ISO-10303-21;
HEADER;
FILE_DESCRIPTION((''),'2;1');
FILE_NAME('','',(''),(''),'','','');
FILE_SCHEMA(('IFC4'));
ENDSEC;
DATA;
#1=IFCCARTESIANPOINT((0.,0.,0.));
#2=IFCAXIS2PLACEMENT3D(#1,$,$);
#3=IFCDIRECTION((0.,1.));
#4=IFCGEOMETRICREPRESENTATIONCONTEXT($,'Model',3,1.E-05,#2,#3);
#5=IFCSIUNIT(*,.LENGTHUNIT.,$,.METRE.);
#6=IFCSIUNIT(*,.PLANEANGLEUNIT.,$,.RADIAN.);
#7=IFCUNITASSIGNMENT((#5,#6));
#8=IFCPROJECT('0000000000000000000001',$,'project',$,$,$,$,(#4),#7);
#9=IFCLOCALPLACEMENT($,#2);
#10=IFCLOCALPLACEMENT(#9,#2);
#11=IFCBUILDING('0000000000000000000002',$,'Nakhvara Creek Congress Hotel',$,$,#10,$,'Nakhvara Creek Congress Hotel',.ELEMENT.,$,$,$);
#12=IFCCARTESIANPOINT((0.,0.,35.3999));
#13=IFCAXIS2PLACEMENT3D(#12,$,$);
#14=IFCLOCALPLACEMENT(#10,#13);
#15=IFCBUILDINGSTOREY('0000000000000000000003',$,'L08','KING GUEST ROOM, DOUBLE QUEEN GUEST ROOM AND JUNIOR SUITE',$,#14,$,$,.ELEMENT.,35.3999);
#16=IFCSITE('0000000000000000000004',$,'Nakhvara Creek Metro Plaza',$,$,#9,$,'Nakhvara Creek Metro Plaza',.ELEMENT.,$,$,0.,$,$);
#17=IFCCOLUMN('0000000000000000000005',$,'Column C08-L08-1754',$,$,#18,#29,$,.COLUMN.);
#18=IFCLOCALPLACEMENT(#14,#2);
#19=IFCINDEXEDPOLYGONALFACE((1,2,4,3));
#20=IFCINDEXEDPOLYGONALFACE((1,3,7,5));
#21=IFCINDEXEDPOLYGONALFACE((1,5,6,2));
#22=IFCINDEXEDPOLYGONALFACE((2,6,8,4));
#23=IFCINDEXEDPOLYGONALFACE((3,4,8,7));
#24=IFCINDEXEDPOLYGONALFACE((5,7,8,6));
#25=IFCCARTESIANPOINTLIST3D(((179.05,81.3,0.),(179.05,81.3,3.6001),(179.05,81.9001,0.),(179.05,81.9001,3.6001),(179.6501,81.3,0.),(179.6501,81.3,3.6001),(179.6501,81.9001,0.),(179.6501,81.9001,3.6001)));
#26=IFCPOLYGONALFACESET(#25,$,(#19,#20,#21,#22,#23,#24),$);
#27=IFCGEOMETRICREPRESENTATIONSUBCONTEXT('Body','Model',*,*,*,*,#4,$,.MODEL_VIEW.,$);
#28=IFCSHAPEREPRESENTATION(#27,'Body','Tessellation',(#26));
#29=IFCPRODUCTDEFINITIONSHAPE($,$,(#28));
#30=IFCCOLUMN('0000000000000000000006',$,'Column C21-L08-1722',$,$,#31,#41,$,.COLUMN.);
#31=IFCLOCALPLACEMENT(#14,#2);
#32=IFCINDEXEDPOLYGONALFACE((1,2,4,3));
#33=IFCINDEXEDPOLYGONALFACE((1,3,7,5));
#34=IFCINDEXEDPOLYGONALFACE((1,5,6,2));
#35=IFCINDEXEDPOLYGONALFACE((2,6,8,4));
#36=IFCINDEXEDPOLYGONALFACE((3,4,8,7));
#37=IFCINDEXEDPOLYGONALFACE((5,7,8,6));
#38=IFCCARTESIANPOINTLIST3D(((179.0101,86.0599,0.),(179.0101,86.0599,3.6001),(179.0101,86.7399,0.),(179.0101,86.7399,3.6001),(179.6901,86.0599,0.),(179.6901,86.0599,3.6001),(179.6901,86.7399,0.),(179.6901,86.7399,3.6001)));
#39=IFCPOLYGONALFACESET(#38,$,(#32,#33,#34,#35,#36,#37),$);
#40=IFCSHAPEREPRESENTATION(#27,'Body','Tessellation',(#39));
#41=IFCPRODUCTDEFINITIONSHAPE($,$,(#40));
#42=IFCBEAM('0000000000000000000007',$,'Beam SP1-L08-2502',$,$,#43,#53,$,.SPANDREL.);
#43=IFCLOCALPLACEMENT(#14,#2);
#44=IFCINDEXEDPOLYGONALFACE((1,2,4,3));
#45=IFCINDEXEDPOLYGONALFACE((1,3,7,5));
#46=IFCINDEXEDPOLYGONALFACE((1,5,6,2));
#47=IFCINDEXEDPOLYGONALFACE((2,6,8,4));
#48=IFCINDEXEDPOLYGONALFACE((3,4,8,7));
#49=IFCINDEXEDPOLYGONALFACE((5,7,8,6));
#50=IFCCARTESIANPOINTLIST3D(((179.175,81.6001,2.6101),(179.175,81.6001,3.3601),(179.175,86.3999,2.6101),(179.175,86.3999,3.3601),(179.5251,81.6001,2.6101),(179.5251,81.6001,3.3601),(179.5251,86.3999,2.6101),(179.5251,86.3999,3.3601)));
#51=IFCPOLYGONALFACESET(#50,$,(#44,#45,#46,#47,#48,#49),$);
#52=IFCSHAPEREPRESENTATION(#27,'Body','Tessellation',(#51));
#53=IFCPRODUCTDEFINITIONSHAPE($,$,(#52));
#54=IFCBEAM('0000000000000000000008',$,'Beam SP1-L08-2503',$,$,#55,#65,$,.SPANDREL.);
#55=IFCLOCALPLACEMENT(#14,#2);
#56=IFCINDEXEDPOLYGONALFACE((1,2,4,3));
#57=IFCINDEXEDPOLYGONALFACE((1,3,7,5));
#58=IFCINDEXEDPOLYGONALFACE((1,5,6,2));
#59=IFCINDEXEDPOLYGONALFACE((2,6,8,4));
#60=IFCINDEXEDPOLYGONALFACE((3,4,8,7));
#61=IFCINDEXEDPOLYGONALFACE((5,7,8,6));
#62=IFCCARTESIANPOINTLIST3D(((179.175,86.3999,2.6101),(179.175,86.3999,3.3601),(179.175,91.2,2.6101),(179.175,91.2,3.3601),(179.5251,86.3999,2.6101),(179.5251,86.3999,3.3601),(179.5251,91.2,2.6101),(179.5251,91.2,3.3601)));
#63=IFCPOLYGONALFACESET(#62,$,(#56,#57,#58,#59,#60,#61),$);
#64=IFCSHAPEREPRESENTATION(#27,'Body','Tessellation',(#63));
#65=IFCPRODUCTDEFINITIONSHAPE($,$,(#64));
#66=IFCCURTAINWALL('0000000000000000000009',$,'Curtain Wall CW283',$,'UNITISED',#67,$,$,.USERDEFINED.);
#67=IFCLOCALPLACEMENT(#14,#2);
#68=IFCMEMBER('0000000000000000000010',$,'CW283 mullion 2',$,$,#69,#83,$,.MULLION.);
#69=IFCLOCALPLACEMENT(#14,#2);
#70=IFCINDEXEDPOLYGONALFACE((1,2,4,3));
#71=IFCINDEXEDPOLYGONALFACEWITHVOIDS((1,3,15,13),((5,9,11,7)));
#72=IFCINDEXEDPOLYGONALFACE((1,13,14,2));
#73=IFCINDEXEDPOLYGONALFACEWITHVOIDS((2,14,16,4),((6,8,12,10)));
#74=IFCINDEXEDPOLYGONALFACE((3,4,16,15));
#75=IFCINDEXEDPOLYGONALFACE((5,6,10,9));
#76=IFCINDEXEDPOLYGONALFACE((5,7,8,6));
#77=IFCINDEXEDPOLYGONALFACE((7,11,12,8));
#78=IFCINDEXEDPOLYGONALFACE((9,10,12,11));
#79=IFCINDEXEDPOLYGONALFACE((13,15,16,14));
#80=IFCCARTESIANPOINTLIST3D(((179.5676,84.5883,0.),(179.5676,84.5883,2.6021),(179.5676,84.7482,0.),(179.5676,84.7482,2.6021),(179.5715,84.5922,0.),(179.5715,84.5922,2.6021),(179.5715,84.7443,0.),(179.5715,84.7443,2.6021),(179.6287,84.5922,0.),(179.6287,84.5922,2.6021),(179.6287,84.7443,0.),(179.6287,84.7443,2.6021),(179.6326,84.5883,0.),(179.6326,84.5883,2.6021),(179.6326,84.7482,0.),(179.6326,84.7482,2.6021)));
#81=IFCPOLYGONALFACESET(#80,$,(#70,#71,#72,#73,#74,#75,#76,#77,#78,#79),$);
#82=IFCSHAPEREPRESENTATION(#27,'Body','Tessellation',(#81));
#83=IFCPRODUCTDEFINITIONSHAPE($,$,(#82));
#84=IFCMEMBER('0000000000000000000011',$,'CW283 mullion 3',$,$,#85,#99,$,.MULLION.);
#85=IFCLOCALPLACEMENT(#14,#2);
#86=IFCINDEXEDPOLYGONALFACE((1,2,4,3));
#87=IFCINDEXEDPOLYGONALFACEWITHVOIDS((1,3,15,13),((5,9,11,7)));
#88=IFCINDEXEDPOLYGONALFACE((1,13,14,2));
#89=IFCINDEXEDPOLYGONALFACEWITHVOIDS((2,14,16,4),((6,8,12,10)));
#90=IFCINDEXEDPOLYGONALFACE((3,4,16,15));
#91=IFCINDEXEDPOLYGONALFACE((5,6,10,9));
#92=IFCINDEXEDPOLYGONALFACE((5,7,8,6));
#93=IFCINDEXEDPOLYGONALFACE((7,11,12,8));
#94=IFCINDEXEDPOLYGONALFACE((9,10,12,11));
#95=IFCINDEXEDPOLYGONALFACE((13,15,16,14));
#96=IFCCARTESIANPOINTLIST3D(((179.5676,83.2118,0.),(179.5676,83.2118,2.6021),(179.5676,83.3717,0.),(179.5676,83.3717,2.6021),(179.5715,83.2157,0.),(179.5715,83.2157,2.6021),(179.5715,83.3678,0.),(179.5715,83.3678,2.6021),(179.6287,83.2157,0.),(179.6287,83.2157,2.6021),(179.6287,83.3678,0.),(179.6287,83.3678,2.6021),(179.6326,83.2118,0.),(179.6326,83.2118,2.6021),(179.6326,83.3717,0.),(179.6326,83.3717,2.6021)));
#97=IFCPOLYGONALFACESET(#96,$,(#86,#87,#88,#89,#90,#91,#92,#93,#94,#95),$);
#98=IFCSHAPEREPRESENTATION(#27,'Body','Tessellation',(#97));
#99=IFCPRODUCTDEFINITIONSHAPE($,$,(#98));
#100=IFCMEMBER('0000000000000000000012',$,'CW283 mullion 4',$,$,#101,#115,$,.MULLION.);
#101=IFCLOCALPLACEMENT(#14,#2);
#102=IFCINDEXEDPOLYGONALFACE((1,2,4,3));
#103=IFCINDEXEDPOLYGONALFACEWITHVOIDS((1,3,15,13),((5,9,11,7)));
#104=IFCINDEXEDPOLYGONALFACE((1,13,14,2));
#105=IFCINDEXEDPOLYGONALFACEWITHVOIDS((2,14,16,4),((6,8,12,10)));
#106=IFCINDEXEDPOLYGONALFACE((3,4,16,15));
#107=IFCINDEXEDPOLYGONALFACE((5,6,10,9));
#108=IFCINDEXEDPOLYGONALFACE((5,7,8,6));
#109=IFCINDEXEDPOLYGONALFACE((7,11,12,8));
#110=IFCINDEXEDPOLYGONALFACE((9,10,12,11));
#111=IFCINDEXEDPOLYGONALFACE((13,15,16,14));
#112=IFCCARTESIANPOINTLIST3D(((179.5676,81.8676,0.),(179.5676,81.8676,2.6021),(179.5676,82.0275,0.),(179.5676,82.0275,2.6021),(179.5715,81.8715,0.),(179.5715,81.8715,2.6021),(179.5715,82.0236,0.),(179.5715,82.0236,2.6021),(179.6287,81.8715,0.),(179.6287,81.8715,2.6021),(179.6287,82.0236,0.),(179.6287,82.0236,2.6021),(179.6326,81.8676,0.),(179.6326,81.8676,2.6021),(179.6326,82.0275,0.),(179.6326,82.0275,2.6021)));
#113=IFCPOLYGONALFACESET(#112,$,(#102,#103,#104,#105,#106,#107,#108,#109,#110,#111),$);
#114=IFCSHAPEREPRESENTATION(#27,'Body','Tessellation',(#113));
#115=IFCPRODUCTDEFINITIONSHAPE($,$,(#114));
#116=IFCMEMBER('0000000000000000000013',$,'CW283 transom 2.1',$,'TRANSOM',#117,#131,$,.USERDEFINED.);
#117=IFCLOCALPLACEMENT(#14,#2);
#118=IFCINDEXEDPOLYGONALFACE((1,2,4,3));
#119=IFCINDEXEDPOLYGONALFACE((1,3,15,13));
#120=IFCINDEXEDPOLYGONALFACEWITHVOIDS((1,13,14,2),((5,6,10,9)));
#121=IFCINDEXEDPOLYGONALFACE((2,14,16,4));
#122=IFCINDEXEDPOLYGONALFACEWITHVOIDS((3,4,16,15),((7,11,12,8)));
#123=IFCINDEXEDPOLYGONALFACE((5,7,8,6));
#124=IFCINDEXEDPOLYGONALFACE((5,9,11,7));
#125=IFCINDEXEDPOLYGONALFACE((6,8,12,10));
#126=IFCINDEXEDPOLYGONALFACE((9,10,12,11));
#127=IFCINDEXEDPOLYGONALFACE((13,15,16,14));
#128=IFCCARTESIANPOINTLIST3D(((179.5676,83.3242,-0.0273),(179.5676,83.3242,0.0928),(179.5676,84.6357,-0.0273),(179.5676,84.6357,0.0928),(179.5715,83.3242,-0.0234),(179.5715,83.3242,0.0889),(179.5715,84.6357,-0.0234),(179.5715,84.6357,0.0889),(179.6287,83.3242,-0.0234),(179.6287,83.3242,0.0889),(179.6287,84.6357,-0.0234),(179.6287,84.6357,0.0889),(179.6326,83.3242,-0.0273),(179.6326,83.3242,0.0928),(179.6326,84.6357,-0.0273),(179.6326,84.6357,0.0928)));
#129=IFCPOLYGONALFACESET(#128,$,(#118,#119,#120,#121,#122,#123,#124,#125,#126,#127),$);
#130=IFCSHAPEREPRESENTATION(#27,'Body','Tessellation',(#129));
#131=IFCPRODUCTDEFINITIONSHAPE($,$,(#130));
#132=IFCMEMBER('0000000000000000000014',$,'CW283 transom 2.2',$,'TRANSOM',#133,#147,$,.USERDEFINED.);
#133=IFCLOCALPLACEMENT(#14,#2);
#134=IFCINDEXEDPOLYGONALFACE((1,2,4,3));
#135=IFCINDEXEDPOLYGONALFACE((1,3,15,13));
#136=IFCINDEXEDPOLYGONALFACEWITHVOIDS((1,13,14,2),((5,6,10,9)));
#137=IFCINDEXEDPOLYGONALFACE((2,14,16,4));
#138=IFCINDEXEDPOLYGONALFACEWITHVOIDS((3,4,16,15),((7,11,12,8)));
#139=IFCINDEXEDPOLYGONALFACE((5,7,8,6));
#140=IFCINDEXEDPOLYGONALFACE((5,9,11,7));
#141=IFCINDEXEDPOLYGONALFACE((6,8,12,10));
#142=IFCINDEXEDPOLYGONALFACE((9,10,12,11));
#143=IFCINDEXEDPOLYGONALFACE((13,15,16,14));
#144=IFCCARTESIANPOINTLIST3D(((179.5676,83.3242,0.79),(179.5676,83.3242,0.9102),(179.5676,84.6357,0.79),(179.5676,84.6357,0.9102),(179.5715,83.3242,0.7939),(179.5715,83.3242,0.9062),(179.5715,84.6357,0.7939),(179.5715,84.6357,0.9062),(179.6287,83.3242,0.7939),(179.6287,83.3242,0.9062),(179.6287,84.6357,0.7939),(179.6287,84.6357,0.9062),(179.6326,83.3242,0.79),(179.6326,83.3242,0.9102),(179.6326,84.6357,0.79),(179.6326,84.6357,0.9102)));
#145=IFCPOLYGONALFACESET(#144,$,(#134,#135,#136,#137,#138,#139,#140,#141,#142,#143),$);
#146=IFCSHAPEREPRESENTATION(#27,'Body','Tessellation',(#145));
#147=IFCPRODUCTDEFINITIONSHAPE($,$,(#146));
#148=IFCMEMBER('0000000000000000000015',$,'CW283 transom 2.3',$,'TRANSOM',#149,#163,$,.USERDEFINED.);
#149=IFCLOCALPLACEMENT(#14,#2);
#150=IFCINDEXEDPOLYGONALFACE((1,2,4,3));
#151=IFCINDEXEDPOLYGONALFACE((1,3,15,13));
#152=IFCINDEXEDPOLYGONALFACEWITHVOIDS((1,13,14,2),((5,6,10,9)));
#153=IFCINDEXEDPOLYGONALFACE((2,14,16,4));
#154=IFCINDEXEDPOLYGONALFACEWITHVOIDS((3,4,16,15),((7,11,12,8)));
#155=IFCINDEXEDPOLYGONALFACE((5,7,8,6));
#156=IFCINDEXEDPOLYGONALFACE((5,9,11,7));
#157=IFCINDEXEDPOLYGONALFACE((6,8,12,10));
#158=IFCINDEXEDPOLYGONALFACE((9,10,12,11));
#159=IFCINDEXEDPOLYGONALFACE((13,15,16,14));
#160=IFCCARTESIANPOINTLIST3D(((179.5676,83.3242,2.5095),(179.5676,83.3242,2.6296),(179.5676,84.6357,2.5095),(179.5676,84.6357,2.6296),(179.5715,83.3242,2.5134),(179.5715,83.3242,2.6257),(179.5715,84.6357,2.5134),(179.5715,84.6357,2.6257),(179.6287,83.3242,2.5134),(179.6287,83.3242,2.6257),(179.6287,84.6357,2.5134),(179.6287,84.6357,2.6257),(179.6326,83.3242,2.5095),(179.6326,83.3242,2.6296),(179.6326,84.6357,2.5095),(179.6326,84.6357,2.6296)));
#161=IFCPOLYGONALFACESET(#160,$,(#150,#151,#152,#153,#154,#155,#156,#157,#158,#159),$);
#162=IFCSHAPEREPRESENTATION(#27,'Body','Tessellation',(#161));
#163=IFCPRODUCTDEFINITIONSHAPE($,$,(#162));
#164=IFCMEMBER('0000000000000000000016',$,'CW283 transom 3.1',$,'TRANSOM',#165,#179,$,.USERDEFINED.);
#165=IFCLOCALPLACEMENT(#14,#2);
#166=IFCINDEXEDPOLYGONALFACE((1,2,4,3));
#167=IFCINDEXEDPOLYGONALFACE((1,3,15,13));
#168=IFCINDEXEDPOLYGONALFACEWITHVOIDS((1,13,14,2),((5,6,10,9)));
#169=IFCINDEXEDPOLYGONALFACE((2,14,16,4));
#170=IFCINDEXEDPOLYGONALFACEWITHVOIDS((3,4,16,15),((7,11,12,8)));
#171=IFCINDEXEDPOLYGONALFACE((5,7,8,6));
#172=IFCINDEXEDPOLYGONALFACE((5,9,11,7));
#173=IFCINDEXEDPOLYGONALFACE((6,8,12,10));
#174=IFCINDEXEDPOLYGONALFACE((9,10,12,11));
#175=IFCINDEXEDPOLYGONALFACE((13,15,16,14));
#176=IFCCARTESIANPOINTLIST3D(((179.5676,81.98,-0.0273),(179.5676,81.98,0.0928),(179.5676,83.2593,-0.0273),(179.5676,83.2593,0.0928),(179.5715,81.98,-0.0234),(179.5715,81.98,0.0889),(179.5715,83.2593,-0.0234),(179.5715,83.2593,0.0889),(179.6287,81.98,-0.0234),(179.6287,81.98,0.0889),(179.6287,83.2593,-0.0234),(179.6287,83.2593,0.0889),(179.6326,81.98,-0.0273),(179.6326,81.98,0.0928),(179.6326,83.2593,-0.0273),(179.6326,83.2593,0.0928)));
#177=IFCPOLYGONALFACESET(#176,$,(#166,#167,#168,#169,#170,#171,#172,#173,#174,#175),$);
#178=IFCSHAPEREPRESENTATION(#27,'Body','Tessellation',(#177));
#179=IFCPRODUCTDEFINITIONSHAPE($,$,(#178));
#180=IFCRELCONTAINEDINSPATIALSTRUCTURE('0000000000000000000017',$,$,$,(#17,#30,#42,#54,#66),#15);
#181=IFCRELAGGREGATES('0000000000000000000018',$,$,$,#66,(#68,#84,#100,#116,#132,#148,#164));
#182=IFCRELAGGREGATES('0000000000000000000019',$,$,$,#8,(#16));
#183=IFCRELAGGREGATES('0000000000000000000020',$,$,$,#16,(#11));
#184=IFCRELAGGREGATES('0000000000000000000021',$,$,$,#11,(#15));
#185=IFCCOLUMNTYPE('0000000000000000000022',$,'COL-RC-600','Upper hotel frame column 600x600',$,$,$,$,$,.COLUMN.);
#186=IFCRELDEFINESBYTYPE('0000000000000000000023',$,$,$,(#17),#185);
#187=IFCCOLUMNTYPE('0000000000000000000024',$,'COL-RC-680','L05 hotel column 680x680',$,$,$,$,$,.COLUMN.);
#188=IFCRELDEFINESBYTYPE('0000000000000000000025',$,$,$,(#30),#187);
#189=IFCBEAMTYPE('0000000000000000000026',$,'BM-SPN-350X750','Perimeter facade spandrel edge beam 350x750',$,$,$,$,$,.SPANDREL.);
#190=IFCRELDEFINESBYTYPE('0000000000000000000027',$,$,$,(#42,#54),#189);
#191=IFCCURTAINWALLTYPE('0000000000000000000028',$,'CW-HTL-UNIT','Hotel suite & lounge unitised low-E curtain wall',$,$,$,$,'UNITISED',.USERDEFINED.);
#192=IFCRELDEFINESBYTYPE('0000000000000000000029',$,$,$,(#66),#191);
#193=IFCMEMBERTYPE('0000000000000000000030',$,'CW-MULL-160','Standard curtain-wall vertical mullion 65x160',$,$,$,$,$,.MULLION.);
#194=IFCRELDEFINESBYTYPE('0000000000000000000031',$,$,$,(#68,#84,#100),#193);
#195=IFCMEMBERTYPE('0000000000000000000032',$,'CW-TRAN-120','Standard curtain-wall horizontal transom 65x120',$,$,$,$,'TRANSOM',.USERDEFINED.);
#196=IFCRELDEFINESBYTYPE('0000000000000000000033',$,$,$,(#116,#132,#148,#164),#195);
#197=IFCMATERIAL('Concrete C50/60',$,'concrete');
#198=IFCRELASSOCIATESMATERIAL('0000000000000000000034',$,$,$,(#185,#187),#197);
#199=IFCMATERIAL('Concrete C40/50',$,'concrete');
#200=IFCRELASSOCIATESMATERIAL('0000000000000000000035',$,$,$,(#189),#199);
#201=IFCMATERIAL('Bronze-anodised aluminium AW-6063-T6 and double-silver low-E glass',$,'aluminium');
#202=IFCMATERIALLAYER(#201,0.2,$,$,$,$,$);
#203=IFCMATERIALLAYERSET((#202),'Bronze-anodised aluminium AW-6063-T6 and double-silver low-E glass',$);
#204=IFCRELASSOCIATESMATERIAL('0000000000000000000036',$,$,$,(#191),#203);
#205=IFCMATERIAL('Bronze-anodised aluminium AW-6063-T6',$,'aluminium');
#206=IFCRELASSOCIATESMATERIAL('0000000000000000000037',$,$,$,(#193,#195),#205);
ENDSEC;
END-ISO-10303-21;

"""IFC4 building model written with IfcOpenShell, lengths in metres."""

from ifc_helpers import new_model, si_unit, direction, frame, origin, origin_2d, place, context, subcontext, project, spatial, rectangle, hollow_rectangle, extrude, material, layer, layer_set, material_profile, profile_set, type_object, element, aggregate, save


model = new_model("IFC4")

# Units and contexts
model_context = context("Model", 3, precision=1e-05, world=origin(), true_north=direction((0.0, 1.0)))
body_context = subcontext(model_context, "Body", "Model", "MODEL_VIEW")
ifc_project = project(units=[si_unit("LENGTHUNIT", "METRE"), si_unit("PLANEANGLEUNIT", "RADIAN")], contexts=[model_context])

# Site, building, storey
site_placement = place(None, origin())
site = spatial("IfcSite", under=ifc_project, at=site_placement, Name="Nakhvara Creek Metro Plaza", LongName="Nakhvara Creek Metro Plaza", CompositionType="ELEMENT", RefElevation=0.0)
building_placement = place(site_placement, origin())
building = spatial("IfcBuilding", under=site, at=building_placement, Name="Nakhvara Creek Congress Hotel", LongName="Nakhvara Creek Congress Hotel", CompositionType="ELEMENT")
storey_placement = place(building_placement, frame((0.0, 0.0, 35.3999)))
storey = spatial("IfcBuildingStorey", under=building, at=storey_placement, Name="L08", Description="KING GUEST ROOM, DOUBLE QUEEN GUEST ROOM AND JUNIOR SUITE", CompositionType="ELEMENT", Elevation=35.3999)

# Columns
ifc_material_1 = material(Name="Concrete C50/60", Category="concrete")
ifc_material_profile_1 = material_profile(ifc_material_1, rectangle(XDim=0.6001, YDim=0.6001, at=origin_2d()), Name="RC-COL 600x600", Category="LoadBearing")
ifc_profile_set_1 = profile_set([ifc_material_profile_1], Name="Concrete C50/60")
column_type_1 = type_object("IfcColumnType", Name="COL-RC-600", Description="Upper hotel frame column 600x600", PredefinedType="COLUMN", material=ifc_profile_set_1)
column_1_placement = place(storey_placement, frame((179.3501, 81.6001, 0.0), z_axis=(0.0, 0.0, 1.0), x_axis=(1.0, 0.0, 0.0)))
element("IfcColumn", 1, at=column_1_placement, inside=storey, type_object=column_type_1, Name="Column C08-L08-1754", PredefinedType="COLUMN", context=body_context, shape_type="SweptSolid", body=[
    extrude(rectangle(XDim=0.6001, YDim=0.6001, at=origin_2d()), origin(), (0.0, 0.0, 1.0), 3.6001),
])
ifc_material_profile_2 = material_profile(ifc_material_1, rectangle(XDim=0.6799, YDim=0.6799, at=origin_2d()), Name="RC-COL 680x680", Category="LoadBearing")
ifc_profile_set_2 = profile_set([ifc_material_profile_2], Name="Concrete C50/60")
column_type_2 = type_object("IfcColumnType", Name="COL-RC-680", Description="L05 hotel column 680x680", PredefinedType="COLUMN", material=ifc_profile_set_2)
column_2_placement = place(storey_placement, frame((179.3501, 86.3999, 0.0), z_axis=(0.0, 0.0, 1.0), x_axis=(1.0, 0.0, 0.0)))
element("IfcColumn", 2, at=column_2_placement, inside=storey, type_object=column_type_2, Name="Column C21-L08-1722", PredefinedType="COLUMN", context=body_context, shape_type="SweptSolid", body=[
    extrude(rectangle(XDim=0.6799, YDim=0.6799, at=origin_2d()), origin(), (0.0, 0.0, 1.0), 3.6001),
])

# Beams
ifc_material_2 = material(Name="Concrete C40/50", Category="concrete")
ifc_material_profile_3 = material_profile(ifc_material_2, rectangle(XDim=0.3501, YDim=0.75, at=origin_2d()), Name="RC-SPANDREL 350x750", Category="LoadBearing")
ifc_profile_set_3 = profile_set([ifc_material_profile_3], Name="Concrete C40/50")
beam_type = type_object("IfcBeamType", Name="BM-SPN-350X750", Description="Perimeter facade spandrel edge beam 350x750", PredefinedType="SPANDREL", material=ifc_profile_set_3)
beam_1_placement = place(storey_placement, frame((179.3501, 81.6001, 2.9851), z_axis=(0.0, 1.0, 0.0), x_axis=(-1.0, 0.0, 0.0)))
element("IfcBeam", 3, at=beam_1_placement, inside=storey, type_object=beam_type, Name="Beam SP1-L08-2502", PredefinedType="SPANDREL", context=body_context, shape_type="SweptSolid", body=[
    extrude(rectangle(XDim=0.3501, YDim=0.75, at=origin_2d()), origin(), (0.0, 0.0, 1.0), 4.7998),
])
beam_2_placement = place(storey_placement, frame((179.3501, 86.3999, 2.9851), z_axis=(0.0, 1.0, 0.0), x_axis=(-1.0, 0.0, 0.0)))
element("IfcBeam", 4, at=beam_2_placement, inside=storey, type_object=beam_type, Name="Beam SP1-L08-2503", PredefinedType="SPANDREL", context=body_context, shape_type="SweptSolid", body=[
    extrude(rectangle(XDim=0.3501, YDim=0.75, at=origin_2d()), origin(), (0.0, 0.0, 1.0), 4.8),
])

# Curtain wall, members
ifc_material_3 = material(Name="Bronze-anodised aluminium AW-6063-T6 and double-silver low-E glass", Category="aluminium")
ifc_layer_1 = layer(ifc_material_3, 0.2)
ifc_layer_set_1 = layer_set([ifc_layer_1], Name="Bronze-anodised aluminium AW-6063-T6 and double-silver low-E glass")
curtain_wall_type = type_object("IfcCurtainWallType", Name="CW-HTL-UNIT", Description="Hotel suite & lounge unitised low-E curtain wall", ElementType="UNITISED", PredefinedType="USERDEFINED", material=ifc_layer_set_1)
curtain_wall_placement = place(storey_placement, origin())
curtain_wall = element("IfcCurtainWall", 5, at=curtain_wall_placement, inside=storey, type_object=curtain_wall_type, Name="Curtain Wall CW283", ObjectType="UNITISED", PredefinedType="USERDEFINED")
ifc_material_4 = material(Name="Bronze-anodised aluminium AW-6063-T6", Category="aluminium")
ifc_material_profile_4 = material_profile(ifc_material_4, hollow_rectangle(XDim=0.0649, YDim=0.1599, WallThickness=0.0039, at=origin_2d()), Name="ALU-MULL 65x160x4", Category="LoadBearing")
ifc_profile_set_4 = profile_set([ifc_material_profile_4], Name="Bronze-anodised aluminium AW-6063-T6")
member_type_1 = type_object("IfcMemberType", Name="CW-MULL-160", Description="Standard curtain-wall vertical mullion 65x160", PredefinedType="MULLION", material=ifc_profile_set_4)
member_1_placement = place(storey_placement, frame((179.6001, 84.6682, 0.0), z_axis=(0.0, 0.0, 1.0), x_axis=(1.0, 0.0, 0.0)))
member_1 = element("IfcMember", 6, at=member_1_placement, type_object=member_type_1, Name="CW283 mullion 2", PredefinedType="MULLION", context=body_context, shape_type="SweptSolid", body=[
    extrude(hollow_rectangle(XDim=0.0649, YDim=0.1599, WallThickness=0.0039, at=origin_2d()), origin(), (0.0, 0.0, 1.0), 2.6021),
])
member_2_placement = place(storey_placement, frame((179.6001, 83.2917, 0.0), z_axis=(0.0, 0.0, 1.0), x_axis=(1.0, 0.0, 0.0)))
member_2 = element("IfcMember", 7, at=member_2_placement, type_object=member_type_1, Name="CW283 mullion 3", PredefinedType="MULLION", context=body_context, shape_type="SweptSolid", body=[
    extrude(hollow_rectangle(XDim=0.0649, YDim=0.1599, WallThickness=0.0039, at=origin_2d()), origin(), (0.0, 0.0, 1.0), 2.6021),
])
member_3_placement = place(storey_placement, frame((179.6001, 81.9475, 0.0), z_axis=(0.0, 0.0, 1.0), x_axis=(1.0, 0.0, 0.0)))
member_3 = element("IfcMember", 8, at=member_3_placement, type_object=member_type_1, Name="CW283 mullion 4", PredefinedType="MULLION", context=body_context, shape_type="SweptSolid", body=[
    extrude(hollow_rectangle(XDim=0.0649, YDim=0.1599, WallThickness=0.0039, at=origin_2d()), origin(), (0.0, 0.0, 1.0), 2.6021),
])
ifc_material_profile_5 = material_profile(ifc_material_4, hollow_rectangle(XDim=0.0649, YDim=0.1201, WallThickness=0.0039, at=origin_2d()), Name="ALU-TRAN 65x120x4", Category="LoadBearing")
ifc_profile_set_5 = profile_set([ifc_material_profile_5], Name="Bronze-anodised aluminium AW-6063-T6")
member_type_2 = type_object("IfcMemberType", Name="CW-TRAN-120", Description="Standard curtain-wall horizontal transom 65x120", ElementType="TRANSOM", PredefinedType="USERDEFINED", material=ifc_profile_set_5)
member_4_placement = place(storey_placement, frame((179.6001, 84.6357, 0.0327), z_axis=(0.0, -1.0, 0.0), x_axis=(1.0, 0.0, 0.0)))
member_4 = element("IfcMember", 9, at=member_4_placement, type_object=member_type_2, Name="CW283 transom 2.1", ObjectType="TRANSOM", PredefinedType="USERDEFINED", context=body_context, shape_type="SweptSolid", body=[
    extrude(hollow_rectangle(XDim=0.0649, YDim=0.1201, WallThickness=0.0039, at=origin_2d()), origin(), (0.0, 0.0, 1.0), 1.3115),
])
member_5_placement = place(storey_placement, frame((179.6001, 84.6357, 0.8501), z_axis=(0.0, -1.0, 0.0), x_axis=(1.0, 0.0, 0.0)))
member_5 = element("IfcMember", 10, at=member_5_placement, type_object=member_type_2, Name="CW283 transom 2.2", ObjectType="TRANSOM", PredefinedType="USERDEFINED", context=body_context, shape_type="SweptSolid", body=[
    extrude(hollow_rectangle(XDim=0.0649, YDim=0.1201, WallThickness=0.0039, at=origin_2d()), origin(), (0.0, 0.0, 1.0), 1.3115),
])
member_6_placement = place(storey_placement, frame((179.6001, 84.6357, 2.5696), z_axis=(0.0, -1.0, 0.0), x_axis=(1.0, 0.0, 0.0)))
member_6 = element("IfcMember", 11, at=member_6_placement, type_object=member_type_2, Name="CW283 transom 2.3", ObjectType="TRANSOM", PredefinedType="USERDEFINED", context=body_context, shape_type="SweptSolid", body=[
    extrude(hollow_rectangle(XDim=0.0649, YDim=0.1201, WallThickness=0.0039, at=origin_2d()), origin(), (0.0, 0.0, 1.0), 1.3115),
])
member_7_placement = place(storey_placement, frame((179.6001, 83.2593, 0.0327), z_axis=(0.0, -1.0, 0.0), x_axis=(1.0, 0.0, 0.0)))
member_7 = element("IfcMember", 12, at=member_7_placement, type_object=member_type_2, Name="CW283 transom 3.1", ObjectType="TRANSOM", PredefinedType="USERDEFINED", context=body_context, shape_type="SweptSolid", body=[
    extrude(hollow_rectangle(XDim=0.0649, YDim=0.1201, WallThickness=0.0039, at=origin_2d()), origin(), (0.0, 0.0, 1.0), 1.2793),
])
aggregate(curtain_wall, [member_1, member_2, member_3, member_4, member_5, member_6, member_7])

save(model, "model.ifc")
